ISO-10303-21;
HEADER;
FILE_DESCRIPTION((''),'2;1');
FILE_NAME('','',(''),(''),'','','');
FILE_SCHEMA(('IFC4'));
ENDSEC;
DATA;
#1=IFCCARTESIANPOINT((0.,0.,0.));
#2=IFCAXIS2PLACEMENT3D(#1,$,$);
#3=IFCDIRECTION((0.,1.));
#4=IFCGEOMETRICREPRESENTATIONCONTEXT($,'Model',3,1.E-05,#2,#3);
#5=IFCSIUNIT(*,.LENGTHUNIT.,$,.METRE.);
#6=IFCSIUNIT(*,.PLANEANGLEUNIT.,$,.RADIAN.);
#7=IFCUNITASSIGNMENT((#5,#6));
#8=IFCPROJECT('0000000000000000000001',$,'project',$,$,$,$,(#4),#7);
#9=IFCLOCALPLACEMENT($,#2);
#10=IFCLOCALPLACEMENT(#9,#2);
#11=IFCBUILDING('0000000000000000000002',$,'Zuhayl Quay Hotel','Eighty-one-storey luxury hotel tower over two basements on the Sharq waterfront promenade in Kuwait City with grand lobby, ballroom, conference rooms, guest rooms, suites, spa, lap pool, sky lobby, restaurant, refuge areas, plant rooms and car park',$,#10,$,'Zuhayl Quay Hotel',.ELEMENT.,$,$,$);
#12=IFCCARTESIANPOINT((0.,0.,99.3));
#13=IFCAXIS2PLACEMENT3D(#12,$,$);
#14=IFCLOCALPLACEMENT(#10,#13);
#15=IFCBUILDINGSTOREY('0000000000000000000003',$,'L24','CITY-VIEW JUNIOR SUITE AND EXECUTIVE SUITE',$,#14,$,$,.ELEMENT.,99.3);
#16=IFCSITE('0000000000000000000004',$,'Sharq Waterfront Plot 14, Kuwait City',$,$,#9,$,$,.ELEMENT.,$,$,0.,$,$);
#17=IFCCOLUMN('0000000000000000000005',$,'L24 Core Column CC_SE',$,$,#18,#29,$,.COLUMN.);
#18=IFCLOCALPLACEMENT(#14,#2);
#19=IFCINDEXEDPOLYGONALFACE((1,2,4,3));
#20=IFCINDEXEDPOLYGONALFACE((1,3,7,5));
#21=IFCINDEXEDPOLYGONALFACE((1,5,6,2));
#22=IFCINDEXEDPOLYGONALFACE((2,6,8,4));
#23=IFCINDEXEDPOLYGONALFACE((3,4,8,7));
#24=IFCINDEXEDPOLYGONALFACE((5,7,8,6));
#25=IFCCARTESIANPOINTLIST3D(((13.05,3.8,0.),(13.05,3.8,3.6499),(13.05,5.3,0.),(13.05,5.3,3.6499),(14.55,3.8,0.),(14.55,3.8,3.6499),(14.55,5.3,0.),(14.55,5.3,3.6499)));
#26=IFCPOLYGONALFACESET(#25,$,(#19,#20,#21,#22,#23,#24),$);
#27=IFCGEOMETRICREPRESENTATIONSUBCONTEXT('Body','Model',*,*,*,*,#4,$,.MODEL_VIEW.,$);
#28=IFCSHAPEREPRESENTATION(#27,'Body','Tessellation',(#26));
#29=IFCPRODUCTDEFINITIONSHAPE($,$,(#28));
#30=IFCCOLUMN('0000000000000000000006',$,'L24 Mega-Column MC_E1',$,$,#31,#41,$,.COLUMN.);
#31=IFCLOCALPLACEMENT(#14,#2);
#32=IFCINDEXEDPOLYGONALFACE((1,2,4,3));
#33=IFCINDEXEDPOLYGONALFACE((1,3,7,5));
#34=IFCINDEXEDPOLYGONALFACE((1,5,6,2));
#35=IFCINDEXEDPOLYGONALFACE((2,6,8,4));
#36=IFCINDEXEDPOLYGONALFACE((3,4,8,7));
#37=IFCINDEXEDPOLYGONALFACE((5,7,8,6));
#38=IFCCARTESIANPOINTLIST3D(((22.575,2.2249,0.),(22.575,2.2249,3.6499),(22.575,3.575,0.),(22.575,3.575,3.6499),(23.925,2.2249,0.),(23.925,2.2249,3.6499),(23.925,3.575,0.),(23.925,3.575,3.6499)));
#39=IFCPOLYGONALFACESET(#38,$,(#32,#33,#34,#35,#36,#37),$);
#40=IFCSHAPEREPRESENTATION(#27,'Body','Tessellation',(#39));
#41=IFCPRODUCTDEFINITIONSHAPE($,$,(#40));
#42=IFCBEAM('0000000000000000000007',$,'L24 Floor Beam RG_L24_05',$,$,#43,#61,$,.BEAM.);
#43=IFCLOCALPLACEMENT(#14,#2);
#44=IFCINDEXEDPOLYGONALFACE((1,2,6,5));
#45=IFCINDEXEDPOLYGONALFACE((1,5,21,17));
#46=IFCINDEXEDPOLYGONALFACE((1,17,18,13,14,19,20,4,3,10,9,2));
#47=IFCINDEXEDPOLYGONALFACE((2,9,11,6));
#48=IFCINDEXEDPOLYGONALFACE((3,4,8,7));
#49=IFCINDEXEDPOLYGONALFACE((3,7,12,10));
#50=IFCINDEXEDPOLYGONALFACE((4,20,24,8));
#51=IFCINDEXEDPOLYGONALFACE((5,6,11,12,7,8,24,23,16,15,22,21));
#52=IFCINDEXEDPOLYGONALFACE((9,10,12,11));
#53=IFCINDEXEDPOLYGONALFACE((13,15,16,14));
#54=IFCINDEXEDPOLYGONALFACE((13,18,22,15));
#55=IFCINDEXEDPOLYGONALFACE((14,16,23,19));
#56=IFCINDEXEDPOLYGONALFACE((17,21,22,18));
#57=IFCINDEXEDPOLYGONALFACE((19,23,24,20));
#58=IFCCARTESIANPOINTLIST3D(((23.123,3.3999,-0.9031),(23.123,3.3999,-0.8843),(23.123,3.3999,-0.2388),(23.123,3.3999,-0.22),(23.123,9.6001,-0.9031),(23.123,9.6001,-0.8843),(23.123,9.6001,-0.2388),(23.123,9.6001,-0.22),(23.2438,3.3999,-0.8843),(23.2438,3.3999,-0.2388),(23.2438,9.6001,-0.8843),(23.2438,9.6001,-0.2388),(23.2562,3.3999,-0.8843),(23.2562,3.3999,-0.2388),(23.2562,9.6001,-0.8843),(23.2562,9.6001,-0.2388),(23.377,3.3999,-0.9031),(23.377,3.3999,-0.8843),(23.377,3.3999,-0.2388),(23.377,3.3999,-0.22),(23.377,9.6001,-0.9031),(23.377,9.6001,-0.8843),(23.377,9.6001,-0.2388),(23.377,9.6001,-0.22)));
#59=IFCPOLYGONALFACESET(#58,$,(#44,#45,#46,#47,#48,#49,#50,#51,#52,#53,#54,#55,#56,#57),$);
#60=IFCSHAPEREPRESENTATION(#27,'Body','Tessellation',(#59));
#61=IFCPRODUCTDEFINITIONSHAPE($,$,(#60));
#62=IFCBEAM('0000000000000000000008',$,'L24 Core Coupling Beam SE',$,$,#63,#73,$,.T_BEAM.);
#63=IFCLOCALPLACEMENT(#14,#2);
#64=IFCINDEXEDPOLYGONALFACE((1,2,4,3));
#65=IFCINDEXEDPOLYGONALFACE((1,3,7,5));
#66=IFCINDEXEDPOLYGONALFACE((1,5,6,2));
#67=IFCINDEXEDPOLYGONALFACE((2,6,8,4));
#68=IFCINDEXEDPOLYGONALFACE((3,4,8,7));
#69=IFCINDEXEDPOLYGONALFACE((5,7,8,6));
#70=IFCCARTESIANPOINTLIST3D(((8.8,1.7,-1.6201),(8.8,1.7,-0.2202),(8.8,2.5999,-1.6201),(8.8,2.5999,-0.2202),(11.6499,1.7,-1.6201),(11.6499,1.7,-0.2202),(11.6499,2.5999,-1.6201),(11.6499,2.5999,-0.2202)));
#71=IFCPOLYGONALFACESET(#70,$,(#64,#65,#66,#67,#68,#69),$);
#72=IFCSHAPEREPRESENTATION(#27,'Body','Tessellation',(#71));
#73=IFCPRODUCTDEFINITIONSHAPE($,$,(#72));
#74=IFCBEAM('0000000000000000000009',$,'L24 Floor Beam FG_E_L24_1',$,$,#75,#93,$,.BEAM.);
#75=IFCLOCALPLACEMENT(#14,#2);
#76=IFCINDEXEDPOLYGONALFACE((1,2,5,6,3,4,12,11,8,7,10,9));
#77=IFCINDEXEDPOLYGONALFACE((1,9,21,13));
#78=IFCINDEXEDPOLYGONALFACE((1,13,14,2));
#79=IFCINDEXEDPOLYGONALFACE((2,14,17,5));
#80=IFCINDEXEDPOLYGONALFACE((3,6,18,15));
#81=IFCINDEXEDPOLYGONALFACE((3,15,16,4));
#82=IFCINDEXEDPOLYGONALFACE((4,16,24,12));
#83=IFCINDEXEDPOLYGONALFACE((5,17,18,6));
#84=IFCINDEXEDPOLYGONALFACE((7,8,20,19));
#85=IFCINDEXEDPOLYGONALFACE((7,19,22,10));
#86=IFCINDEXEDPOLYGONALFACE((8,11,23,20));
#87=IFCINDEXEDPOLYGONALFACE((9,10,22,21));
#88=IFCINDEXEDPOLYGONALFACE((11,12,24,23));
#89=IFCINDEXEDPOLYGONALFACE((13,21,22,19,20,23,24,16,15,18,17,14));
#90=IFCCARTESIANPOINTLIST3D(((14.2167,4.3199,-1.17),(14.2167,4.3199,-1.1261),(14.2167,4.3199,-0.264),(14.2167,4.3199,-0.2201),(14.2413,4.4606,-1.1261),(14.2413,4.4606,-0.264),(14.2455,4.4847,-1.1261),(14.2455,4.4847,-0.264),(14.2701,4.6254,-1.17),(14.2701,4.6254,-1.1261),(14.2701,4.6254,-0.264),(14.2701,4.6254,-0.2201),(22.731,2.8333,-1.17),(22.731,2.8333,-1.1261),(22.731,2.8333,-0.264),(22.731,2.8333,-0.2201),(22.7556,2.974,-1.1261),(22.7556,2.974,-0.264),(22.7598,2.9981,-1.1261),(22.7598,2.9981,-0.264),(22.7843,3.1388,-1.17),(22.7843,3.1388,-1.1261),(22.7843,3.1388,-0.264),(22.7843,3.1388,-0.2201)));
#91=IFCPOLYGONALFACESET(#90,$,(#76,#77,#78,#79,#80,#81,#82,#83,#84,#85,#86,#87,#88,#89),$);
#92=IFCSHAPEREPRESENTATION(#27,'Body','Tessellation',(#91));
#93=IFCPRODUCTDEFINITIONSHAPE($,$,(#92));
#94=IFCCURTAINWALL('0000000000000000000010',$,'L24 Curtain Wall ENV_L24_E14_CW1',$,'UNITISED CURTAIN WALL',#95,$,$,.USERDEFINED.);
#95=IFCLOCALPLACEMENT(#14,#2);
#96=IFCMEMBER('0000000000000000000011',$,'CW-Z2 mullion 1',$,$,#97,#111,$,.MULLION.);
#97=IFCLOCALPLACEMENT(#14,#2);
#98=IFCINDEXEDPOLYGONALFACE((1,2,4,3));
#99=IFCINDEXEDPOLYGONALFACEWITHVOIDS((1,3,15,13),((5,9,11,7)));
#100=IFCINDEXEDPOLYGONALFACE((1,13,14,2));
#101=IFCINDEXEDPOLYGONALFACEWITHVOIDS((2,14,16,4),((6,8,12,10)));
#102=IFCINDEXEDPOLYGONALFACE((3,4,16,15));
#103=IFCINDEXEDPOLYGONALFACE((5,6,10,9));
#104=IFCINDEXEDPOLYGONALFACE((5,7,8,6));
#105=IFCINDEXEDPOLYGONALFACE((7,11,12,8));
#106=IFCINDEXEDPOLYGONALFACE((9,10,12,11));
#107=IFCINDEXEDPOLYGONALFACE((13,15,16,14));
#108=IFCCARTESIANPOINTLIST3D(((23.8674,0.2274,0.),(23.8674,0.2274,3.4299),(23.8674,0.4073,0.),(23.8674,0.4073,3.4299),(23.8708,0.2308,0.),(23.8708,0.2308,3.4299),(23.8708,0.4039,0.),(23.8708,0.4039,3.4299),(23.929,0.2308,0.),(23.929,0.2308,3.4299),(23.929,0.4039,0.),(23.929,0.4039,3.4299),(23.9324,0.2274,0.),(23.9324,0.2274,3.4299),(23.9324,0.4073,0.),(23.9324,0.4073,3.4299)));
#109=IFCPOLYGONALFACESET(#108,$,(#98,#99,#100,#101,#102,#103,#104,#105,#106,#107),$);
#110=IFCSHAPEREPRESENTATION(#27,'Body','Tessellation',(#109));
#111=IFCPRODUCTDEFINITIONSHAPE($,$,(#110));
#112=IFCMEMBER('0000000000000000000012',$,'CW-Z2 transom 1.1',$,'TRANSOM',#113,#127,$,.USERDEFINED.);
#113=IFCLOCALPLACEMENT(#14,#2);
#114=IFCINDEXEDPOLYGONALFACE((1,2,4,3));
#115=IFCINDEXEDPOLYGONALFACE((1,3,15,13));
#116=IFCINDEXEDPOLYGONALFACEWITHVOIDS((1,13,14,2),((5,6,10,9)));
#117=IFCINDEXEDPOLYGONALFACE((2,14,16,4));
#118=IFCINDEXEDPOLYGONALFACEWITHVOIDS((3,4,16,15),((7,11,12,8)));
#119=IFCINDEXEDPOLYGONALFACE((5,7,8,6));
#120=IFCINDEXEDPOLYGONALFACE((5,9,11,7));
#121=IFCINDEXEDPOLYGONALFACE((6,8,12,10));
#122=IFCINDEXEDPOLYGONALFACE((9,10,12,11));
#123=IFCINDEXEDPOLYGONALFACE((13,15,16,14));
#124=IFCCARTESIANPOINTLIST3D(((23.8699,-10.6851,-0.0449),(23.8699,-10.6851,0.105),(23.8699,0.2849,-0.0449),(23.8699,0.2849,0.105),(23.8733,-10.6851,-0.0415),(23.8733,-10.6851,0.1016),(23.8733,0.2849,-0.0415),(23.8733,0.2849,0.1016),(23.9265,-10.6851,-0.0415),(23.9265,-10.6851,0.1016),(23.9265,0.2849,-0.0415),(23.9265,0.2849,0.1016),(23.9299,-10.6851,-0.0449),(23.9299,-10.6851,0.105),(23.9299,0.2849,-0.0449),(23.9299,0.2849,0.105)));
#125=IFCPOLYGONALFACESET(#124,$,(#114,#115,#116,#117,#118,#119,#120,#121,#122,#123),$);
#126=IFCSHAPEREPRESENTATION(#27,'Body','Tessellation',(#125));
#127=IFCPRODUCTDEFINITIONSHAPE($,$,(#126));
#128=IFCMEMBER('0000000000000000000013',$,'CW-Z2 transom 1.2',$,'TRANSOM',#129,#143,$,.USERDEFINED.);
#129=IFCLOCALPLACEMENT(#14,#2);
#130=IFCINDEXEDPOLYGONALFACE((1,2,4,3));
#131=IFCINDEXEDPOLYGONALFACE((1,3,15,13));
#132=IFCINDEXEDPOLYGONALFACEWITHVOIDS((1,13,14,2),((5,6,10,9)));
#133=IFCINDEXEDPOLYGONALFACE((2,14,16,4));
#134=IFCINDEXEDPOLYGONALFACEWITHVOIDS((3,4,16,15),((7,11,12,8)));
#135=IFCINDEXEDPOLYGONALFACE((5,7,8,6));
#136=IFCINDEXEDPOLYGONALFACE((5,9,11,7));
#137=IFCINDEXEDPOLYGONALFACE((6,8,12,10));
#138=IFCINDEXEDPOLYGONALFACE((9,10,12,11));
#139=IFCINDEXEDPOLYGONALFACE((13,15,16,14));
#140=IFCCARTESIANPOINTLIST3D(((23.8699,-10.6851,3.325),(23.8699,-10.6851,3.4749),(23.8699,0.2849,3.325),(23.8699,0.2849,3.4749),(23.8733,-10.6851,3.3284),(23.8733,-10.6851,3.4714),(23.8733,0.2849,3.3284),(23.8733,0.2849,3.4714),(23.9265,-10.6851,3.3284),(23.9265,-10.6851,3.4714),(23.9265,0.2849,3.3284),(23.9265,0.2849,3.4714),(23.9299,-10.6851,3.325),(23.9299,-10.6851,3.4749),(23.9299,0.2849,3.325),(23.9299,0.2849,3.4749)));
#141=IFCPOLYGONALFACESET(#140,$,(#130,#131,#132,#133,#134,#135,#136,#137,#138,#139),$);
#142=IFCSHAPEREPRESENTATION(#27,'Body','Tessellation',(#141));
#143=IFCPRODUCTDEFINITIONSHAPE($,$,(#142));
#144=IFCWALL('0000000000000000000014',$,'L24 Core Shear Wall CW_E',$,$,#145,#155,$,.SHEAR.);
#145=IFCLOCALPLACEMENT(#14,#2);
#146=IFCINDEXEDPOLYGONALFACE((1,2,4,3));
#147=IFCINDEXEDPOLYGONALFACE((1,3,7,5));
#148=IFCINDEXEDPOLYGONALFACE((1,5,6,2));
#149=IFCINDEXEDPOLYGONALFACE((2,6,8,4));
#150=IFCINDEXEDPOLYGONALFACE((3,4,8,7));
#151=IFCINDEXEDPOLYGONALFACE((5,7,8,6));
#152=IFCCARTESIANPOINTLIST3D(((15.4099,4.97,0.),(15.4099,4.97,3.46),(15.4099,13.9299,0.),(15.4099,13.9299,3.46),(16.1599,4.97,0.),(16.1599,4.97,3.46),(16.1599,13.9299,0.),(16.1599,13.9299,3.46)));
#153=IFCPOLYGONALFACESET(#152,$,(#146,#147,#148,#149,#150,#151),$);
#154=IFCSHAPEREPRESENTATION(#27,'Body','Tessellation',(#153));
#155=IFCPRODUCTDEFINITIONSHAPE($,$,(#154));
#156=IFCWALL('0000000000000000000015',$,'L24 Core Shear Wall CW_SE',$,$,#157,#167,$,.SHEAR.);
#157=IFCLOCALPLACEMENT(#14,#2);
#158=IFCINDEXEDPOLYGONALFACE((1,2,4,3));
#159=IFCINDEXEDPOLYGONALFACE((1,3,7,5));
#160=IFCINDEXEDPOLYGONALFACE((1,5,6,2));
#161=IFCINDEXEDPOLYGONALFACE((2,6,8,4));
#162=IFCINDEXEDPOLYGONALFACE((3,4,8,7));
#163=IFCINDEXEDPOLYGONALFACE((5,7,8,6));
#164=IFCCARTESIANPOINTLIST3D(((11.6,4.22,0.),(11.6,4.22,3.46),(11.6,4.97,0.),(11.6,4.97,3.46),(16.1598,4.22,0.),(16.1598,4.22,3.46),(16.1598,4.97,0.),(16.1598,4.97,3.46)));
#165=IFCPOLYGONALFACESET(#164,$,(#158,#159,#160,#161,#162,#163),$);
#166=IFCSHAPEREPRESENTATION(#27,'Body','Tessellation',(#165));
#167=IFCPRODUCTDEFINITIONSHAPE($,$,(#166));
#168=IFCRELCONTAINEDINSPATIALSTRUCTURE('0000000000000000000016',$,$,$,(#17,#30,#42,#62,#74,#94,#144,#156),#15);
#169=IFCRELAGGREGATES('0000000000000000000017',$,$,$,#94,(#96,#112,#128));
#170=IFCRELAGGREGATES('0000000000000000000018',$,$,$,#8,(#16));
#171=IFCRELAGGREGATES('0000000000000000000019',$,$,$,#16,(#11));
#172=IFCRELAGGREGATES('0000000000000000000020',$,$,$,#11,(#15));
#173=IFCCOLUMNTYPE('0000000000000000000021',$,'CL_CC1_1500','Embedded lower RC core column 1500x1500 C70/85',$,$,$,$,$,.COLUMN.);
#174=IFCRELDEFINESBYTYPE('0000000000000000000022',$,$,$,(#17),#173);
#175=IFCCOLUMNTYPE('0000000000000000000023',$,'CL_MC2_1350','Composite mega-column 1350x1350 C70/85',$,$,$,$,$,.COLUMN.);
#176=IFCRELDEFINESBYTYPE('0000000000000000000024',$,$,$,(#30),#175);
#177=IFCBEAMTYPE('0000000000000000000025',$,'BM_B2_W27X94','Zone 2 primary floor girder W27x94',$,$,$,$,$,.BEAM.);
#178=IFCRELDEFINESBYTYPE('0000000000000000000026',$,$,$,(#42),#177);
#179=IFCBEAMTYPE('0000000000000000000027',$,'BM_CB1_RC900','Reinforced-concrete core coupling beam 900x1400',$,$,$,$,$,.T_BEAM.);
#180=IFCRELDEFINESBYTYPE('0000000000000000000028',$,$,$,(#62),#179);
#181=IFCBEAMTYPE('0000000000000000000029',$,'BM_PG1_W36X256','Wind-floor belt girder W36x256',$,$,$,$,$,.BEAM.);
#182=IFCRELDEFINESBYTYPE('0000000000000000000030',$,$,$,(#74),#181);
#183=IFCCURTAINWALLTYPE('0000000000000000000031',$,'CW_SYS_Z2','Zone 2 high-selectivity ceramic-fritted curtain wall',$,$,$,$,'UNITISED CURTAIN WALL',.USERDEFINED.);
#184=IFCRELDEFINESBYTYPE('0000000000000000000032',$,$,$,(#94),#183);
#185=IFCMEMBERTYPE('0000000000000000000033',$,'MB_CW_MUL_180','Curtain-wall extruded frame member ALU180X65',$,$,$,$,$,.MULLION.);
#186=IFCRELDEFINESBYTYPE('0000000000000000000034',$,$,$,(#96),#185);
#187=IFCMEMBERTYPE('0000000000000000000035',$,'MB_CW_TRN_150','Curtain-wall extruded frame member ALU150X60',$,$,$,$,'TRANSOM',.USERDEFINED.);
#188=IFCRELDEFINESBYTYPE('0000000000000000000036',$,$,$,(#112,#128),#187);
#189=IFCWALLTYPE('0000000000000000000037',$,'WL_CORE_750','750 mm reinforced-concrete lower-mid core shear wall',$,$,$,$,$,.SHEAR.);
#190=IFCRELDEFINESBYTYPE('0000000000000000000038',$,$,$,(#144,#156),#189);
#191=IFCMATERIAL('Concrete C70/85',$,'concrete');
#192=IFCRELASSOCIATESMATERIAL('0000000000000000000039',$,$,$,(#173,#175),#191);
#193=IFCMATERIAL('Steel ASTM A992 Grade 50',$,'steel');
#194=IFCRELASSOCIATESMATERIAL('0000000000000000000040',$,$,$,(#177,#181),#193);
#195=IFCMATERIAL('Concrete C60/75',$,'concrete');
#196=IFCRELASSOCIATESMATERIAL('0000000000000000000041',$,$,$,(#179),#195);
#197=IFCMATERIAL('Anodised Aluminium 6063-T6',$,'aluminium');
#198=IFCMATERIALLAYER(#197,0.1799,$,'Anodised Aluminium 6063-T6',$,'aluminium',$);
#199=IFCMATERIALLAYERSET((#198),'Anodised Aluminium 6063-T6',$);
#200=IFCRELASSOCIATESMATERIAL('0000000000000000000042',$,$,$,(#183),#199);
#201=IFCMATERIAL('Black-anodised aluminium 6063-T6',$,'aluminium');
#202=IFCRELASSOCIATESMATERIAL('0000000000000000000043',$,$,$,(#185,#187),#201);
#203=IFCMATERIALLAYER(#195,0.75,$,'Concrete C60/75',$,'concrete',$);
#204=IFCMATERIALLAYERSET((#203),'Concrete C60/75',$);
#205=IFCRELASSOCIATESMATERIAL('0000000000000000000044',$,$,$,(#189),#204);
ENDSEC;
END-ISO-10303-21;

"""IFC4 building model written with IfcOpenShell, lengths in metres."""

from ifc_helpers import new_model, si_unit, direction, frame, frame_2d, origin, origin_2d, place, context, subcontext, project, spatial, rectangle, hollow_rectangle, i_section, extrude, material, layer, layer_set, material_profile, profile_set, type_object, element, aggregate, save


model = new_model("IFC4")

# Units and contexts
model_context = context("Model", 3, precision=1e-05, world=origin(), true_north=direction((0.0, 1.0)))
body_context = subcontext(model_context, "Body", "Model", "MODEL_VIEW")
ifc_project = project(units=[si_unit("LENGTHUNIT", "METRE"), si_unit("PLANEANGLEUNIT", "RADIAN")], contexts=[model_context])

# Site, building, storey
site_placement = place(None, origin())
site = spatial("IfcSite", under=ifc_project, at=site_placement, Name="Sharq Waterfront Plot 14, Kuwait City", CompositionType="ELEMENT", RefElevation=0.0)
building_placement = place(site_placement, origin())
building = spatial("IfcBuilding", under=site, at=building_placement, Name="Zuhayl Quay Hotel", Description="Eighty-one-storey luxury hotel tower over two basements on the Sharq waterfront promenade in Kuwait City with grand lobby, ballroom, conference rooms, guest rooms, suites, spa, lap pool, sky lobby, restaurant, refuge areas, plant rooms and car park", LongName="Zuhayl Quay Hotel", CompositionType="ELEMENT")
storey_placement = place(building_placement, frame((0.0, 0.0, 99.3)))
storey = spatial("IfcBuildingStorey", under=building, at=storey_placement, Name="L24", Description="CITY-VIEW JUNIOR SUITE AND EXECUTIVE SUITE", CompositionType="ELEMENT", Elevation=99.3)

# Columns
ifc_material_1 = material(Name="Concrete C70/85", Category="concrete")
ifc_material_profile_1 = material_profile(ifc_material_1, rectangle(XDim=1.5, YDim=1.5, at=origin_2d()), Name="RC1500X1500")
ifc_profile_set_1 = profile_set([ifc_material_profile_1], Name="Concrete C70/85")
column_type_1 = type_object("IfcColumnType", Name="CL_CC1_1500", Description="Embedded lower RC core column 1500x1500 C70/85", PredefinedType="COLUMN", material=ifc_profile_set_1)
column_1_placement = place(storey_placement, frame((13.8, 4.55, 0.0), z_axis=(0.0, 0.0, 1.0), x_axis=(1.0, 0.0, 0.0)))
element("IfcColumn", 1, at=column_1_placement, inside=storey, type_object=column_type_1, Name="L24 Core Column CC_SE", PredefinedType="COLUMN", context=body_context, shape_type="SweptSolid", body=[
    extrude(rectangle(XDim=1.5, YDim=1.5, at=origin_2d()), origin(), (0.0, 0.0, 1.0), 3.6499),
])
ifc_material_profile_2 = material_profile(ifc_material_1, rectangle(XDim=1.3501, YDim=1.3501, at=origin_2d()), Name="RC1350X1350")
ifc_profile_set_2 = profile_set([ifc_material_profile_2], Name="Concrete C70/85")
column_type_2 = type_object("IfcColumnType", Name="CL_MC2_1350", Description="Composite mega-column 1350x1350 C70/85", PredefinedType="COLUMN", material=ifc_profile_set_2)
column_2_placement = place(storey_placement, frame((23.25, 2.8999, 0.0), z_axis=(0.0, 0.0, 1.0), x_axis=(1.0, 0.0, 0.0)))
element("IfcColumn", 2, at=column_2_placement, inside=storey, type_object=column_type_2, Name="L24 Mega-Column MC_E1", PredefinedType="COLUMN", context=body_context, shape_type="SweptSolid", body=[
    extrude(rectangle(XDim=1.3501, YDim=1.3501, at=origin_2d()), origin(), (0.0, 0.0, 1.0), 3.6499),
])

# Beams
ifc_material_2 = material(Name="Steel ASTM A992 Grade 50", Category="steel")
ifc_material_profile_3 = material_profile(ifc_material_2, i_section(OverallWidth=0.2539, OverallDepth=0.6831, WebThickness=0.0125, FlangeThickness=0.0188, at=origin_2d()), Name="W27X94")
ifc_profile_set_3 = profile_set([ifc_material_profile_3], Name="Steel ASTM A992 Grade 50")
beam_type_1 = type_object("IfcBeamType", Name="BM_B2_W27X94", Description="Zone 2 primary floor girder W27x94", PredefinedType="BEAM", material=ifc_profile_set_3)
beam_1_placement = place(storey_placement, frame((23.25, 3.3999, -0.5615), z_axis=(0.0, 1.0, 0.0), x_axis=(-1.0, 0.0, 0.0)))
element("IfcBeam", 3, at=beam_1_placement, inside=storey, type_object=beam_type_1, Name="L24 Floor Beam RG_L24_05", PredefinedType="BEAM", context=body_context, shape_type="SweptSolid", body=[
    extrude(i_section(OverallWidth=0.2539, OverallDepth=0.6831, WebThickness=0.0125, FlangeThickness=0.0188, at=origin_2d()), origin(), (0.0, 0.0, 1.0), 6.2002),
])
ifc_material_3 = material(Name="Concrete C60/75", Category="concrete")
ifc_material_profile_4 = material_profile(ifc_material_3, rectangle(XDim=0.8999, YDim=1.3999, at=origin_2d()), Name="RC900X1400")
ifc_profile_set_4 = profile_set([ifc_material_profile_4], Name="Concrete C60/75")
beam_type_2 = type_object("IfcBeamType", Name="BM_CB1_RC900", Description="Reinforced-concrete core coupling beam 900x1400", PredefinedType="T_BEAM", material=ifc_profile_set_4)
beam_2_placement = place(storey_placement, frame((8.8, 2.1499, -0.9202), z_axis=(1.0, 0.0, 0.0), x_axis=(0.0, 1.0, 0.0)))
element("IfcBeam", 4, at=beam_2_placement, inside=storey, type_object=beam_type_2, Name="L24 Core Coupling Beam SE", PredefinedType="T_BEAM", context=body_context, shape_type="SweptSolid", body=[
    extrude(rectangle(XDim=0.8999, YDim=1.3999, at=origin_2d()), origin(), (0.0, 0.0, 1.0), 2.8499),
])
ifc_material_profile_5 = material_profile(ifc_material_2, i_section(OverallWidth=0.3101, OverallDepth=0.95, WebThickness=0.0244, FlangeThickness=0.0439, at=origin_2d()), Name="W36X256")
ifc_profile_set_5 = profile_set([ifc_material_profile_5], Name="Steel ASTM A992 Grade 50")
beam_type_3 = type_object("IfcBeamType", Name="BM_PG1_W36X256", Description="Wind-floor belt girder W36x256", PredefinedType="BEAM", material=ifc_profile_set_5)
beam_3_placement = place(storey_placement, frame((14.2434, 4.4727, -0.6951), z_axis=(0.985097, -0.171998, 0.0), x_axis=(0.171998, 0.985097, 0.0)))
element("IfcBeam", 5, at=beam_3_placement, inside=storey, type_object=beam_type_3, Name="L24 Floor Beam FG_E_L24_1", PredefinedType="BEAM", context=body_context, shape_type="SweptSolid", body=[
    extrude(i_section(OverallWidth=0.3101, OverallDepth=0.95, WebThickness=0.0244, FlangeThickness=0.0439, at=origin_2d()), origin(), (0.0, 0.0, 1.0), 8.6431),
])

# Curtain wall, members
ifc_material_4 = material(Name="Anodised Aluminium 6063-T6", Category="aluminium")
ifc_layer_1 = layer(ifc_material_4, 0.1799, Name="Anodised Aluminium 6063-T6", Category="aluminium")
ifc_layer_set_1 = layer_set([ifc_layer_1], Name="Anodised Aluminium 6063-T6")
curtain_wall_type = type_object("IfcCurtainWallType", Name="CW_SYS_Z2", Description="Zone 2 high-selectivity ceramic-fritted curtain wall", ElementType="UNITISED CURTAIN WALL", PredefinedType="USERDEFINED", material=ifc_layer_set_1)
curtain_wall_placement = place(storey_placement, origin())
curtain_wall = element("IfcCurtainWall", 6, at=curtain_wall_placement, inside=storey, type_object=curtain_wall_type, Name="L24 Curtain Wall ENV_L24_E14_CW1", ObjectType="UNITISED CURTAIN WALL", PredefinedType="USERDEFINED")
ifc_material_5 = material(Name="Black-anodised aluminium 6063-T6", Category="aluminium")
ifc_material_profile_6 = material_profile(ifc_material_5, hollow_rectangle(XDim=0.0649, YDim=0.1799, WallThickness=0.0034, at=origin_2d()), Name="ALU180X65")
ifc_profile_set_6 = profile_set([ifc_material_profile_6], Name="Black-anodised aluminium 6063-T6")
member_type_1 = type_object("IfcMemberType", Name="MB_CW_MUL_180", Description="Curtain-wall extruded frame member ALU180X65", PredefinedType="MULLION", material=ifc_profile_set_6)
member_1_placement = place(storey_placement, frame((23.8999, 0.3174, 0.0), z_axis=(0.0, 0.0, 1.0), x_axis=(1.0, 0.0, 0.0)))
member_1 = element("IfcMember", 7, at=member_1_placement, type_object=member_type_1, Name="CW-Z2 mullion 1", PredefinedType="MULLION", context=body_context, shape_type="SweptSolid", body=[
    extrude(hollow_rectangle(XDim=0.0649, YDim=0.1799, WallThickness=0.0034, at=origin_2d()), origin(), (0.0, 0.0, 1.0), 3.4299),
])
ifc_material_profile_7 = material_profile(ifc_material_5, hollow_rectangle(XDim=0.0601, YDim=0.1499, WallThickness=0.0034, at=origin_2d()), Name="ALU150X60")
ifc_profile_set_7 = profile_set([ifc_material_profile_7], Name="Black-anodised aluminium 6063-T6")
member_type_2 = type_object("IfcMemberType", Name="MB_CW_TRN_150", Description="Curtain-wall extruded frame member ALU150X60", ElementType="TRANSOM", PredefinedType="USERDEFINED", material=ifc_profile_set_7)
member_2_placement = place(storey_placement, frame((23.8999, 0.2849, 0.03), z_axis=(0.0, -1.0, 0.0), x_axis=(1.0, 0.0, 0.0)))
member_2 = element("IfcMember", 8, at=member_2_placement, type_object=member_type_2, Name="CW-Z2 transom 1.1", ObjectType="TRANSOM", PredefinedType="USERDEFINED", context=body_context, shape_type="SweptSolid", body=[
    extrude(hollow_rectangle(XDim=0.0601, YDim=0.1499, WallThickness=0.0034, at=origin_2d()), origin(), (0.0, 0.0, 1.0), 10.97),
])
member_3_placement = place(storey_placement, frame((23.8999, 0.2849, 3.3999), z_axis=(0.0, -1.0, 0.0), x_axis=(1.0, 0.0, 0.0)))
member_3 = element("IfcMember", 9, at=member_3_placement, type_object=member_type_2, Name="CW-Z2 transom 1.2", ObjectType="TRANSOM", PredefinedType="USERDEFINED", context=body_context, shape_type="SweptSolid", body=[
    extrude(hollow_rectangle(XDim=0.0601, YDim=0.1499, WallThickness=0.0034, at=origin_2d()), origin(), (0.0, 0.0, 1.0), 10.97),
])
aggregate(curtain_wall, [member_1, member_2, member_3])

# Walls
ifc_layer_2 = layer(ifc_material_3, 0.75, Name="Concrete C60/75", Category="concrete")
ifc_layer_set_2 = layer_set([ifc_layer_2], Name="Concrete C60/75")
wall_type_1 = type_object("IfcWallType", Name="WL_CORE_750", Description="750 mm reinforced-concrete lower-mid core shear wall", PredefinedType="SHEAR", material=ifc_layer_set_2)
wall_1_placement = place(storey_placement, frame((15.7849, 4.97, 0.0), z_axis=(0.0, 0.0, 1.0), x_axis=(0.0, 1.0, 0.0)))
element("IfcWall", 10, at=wall_1_placement, inside=storey, type_object=wall_type_1, Name="L24 Core Shear Wall CW_E", PredefinedType="SHEAR", context=body_context, shape_type="SweptSolid", body=[
    extrude(rectangle(XDim=8.96, YDim=0.75, at=frame_2d((4.48, 0.0))), origin(), (0.0, 0.0, 1.0), 3.46),
])
wall_2_placement = place(storey_placement, frame((11.6001, 4.595, 0.0), z_axis=(0.0, 0.0, 1.0), x_axis=(1.0, 0.0, 0.0)))
element("IfcWall", 11, at=wall_2_placement, inside=storey, type_object=wall_type_1, Name="L24 Core Shear Wall CW_SE", PredefinedType="SHEAR", context=body_context, shape_type="SweptSolid", body=[
    extrude(rectangle(XDim=4.5598, YDim=0.75, at=frame_2d((2.2798, 0.0))), origin(), (0.0, 0.0, 1.0), 3.46),
])

save(model, "model.ifc")
